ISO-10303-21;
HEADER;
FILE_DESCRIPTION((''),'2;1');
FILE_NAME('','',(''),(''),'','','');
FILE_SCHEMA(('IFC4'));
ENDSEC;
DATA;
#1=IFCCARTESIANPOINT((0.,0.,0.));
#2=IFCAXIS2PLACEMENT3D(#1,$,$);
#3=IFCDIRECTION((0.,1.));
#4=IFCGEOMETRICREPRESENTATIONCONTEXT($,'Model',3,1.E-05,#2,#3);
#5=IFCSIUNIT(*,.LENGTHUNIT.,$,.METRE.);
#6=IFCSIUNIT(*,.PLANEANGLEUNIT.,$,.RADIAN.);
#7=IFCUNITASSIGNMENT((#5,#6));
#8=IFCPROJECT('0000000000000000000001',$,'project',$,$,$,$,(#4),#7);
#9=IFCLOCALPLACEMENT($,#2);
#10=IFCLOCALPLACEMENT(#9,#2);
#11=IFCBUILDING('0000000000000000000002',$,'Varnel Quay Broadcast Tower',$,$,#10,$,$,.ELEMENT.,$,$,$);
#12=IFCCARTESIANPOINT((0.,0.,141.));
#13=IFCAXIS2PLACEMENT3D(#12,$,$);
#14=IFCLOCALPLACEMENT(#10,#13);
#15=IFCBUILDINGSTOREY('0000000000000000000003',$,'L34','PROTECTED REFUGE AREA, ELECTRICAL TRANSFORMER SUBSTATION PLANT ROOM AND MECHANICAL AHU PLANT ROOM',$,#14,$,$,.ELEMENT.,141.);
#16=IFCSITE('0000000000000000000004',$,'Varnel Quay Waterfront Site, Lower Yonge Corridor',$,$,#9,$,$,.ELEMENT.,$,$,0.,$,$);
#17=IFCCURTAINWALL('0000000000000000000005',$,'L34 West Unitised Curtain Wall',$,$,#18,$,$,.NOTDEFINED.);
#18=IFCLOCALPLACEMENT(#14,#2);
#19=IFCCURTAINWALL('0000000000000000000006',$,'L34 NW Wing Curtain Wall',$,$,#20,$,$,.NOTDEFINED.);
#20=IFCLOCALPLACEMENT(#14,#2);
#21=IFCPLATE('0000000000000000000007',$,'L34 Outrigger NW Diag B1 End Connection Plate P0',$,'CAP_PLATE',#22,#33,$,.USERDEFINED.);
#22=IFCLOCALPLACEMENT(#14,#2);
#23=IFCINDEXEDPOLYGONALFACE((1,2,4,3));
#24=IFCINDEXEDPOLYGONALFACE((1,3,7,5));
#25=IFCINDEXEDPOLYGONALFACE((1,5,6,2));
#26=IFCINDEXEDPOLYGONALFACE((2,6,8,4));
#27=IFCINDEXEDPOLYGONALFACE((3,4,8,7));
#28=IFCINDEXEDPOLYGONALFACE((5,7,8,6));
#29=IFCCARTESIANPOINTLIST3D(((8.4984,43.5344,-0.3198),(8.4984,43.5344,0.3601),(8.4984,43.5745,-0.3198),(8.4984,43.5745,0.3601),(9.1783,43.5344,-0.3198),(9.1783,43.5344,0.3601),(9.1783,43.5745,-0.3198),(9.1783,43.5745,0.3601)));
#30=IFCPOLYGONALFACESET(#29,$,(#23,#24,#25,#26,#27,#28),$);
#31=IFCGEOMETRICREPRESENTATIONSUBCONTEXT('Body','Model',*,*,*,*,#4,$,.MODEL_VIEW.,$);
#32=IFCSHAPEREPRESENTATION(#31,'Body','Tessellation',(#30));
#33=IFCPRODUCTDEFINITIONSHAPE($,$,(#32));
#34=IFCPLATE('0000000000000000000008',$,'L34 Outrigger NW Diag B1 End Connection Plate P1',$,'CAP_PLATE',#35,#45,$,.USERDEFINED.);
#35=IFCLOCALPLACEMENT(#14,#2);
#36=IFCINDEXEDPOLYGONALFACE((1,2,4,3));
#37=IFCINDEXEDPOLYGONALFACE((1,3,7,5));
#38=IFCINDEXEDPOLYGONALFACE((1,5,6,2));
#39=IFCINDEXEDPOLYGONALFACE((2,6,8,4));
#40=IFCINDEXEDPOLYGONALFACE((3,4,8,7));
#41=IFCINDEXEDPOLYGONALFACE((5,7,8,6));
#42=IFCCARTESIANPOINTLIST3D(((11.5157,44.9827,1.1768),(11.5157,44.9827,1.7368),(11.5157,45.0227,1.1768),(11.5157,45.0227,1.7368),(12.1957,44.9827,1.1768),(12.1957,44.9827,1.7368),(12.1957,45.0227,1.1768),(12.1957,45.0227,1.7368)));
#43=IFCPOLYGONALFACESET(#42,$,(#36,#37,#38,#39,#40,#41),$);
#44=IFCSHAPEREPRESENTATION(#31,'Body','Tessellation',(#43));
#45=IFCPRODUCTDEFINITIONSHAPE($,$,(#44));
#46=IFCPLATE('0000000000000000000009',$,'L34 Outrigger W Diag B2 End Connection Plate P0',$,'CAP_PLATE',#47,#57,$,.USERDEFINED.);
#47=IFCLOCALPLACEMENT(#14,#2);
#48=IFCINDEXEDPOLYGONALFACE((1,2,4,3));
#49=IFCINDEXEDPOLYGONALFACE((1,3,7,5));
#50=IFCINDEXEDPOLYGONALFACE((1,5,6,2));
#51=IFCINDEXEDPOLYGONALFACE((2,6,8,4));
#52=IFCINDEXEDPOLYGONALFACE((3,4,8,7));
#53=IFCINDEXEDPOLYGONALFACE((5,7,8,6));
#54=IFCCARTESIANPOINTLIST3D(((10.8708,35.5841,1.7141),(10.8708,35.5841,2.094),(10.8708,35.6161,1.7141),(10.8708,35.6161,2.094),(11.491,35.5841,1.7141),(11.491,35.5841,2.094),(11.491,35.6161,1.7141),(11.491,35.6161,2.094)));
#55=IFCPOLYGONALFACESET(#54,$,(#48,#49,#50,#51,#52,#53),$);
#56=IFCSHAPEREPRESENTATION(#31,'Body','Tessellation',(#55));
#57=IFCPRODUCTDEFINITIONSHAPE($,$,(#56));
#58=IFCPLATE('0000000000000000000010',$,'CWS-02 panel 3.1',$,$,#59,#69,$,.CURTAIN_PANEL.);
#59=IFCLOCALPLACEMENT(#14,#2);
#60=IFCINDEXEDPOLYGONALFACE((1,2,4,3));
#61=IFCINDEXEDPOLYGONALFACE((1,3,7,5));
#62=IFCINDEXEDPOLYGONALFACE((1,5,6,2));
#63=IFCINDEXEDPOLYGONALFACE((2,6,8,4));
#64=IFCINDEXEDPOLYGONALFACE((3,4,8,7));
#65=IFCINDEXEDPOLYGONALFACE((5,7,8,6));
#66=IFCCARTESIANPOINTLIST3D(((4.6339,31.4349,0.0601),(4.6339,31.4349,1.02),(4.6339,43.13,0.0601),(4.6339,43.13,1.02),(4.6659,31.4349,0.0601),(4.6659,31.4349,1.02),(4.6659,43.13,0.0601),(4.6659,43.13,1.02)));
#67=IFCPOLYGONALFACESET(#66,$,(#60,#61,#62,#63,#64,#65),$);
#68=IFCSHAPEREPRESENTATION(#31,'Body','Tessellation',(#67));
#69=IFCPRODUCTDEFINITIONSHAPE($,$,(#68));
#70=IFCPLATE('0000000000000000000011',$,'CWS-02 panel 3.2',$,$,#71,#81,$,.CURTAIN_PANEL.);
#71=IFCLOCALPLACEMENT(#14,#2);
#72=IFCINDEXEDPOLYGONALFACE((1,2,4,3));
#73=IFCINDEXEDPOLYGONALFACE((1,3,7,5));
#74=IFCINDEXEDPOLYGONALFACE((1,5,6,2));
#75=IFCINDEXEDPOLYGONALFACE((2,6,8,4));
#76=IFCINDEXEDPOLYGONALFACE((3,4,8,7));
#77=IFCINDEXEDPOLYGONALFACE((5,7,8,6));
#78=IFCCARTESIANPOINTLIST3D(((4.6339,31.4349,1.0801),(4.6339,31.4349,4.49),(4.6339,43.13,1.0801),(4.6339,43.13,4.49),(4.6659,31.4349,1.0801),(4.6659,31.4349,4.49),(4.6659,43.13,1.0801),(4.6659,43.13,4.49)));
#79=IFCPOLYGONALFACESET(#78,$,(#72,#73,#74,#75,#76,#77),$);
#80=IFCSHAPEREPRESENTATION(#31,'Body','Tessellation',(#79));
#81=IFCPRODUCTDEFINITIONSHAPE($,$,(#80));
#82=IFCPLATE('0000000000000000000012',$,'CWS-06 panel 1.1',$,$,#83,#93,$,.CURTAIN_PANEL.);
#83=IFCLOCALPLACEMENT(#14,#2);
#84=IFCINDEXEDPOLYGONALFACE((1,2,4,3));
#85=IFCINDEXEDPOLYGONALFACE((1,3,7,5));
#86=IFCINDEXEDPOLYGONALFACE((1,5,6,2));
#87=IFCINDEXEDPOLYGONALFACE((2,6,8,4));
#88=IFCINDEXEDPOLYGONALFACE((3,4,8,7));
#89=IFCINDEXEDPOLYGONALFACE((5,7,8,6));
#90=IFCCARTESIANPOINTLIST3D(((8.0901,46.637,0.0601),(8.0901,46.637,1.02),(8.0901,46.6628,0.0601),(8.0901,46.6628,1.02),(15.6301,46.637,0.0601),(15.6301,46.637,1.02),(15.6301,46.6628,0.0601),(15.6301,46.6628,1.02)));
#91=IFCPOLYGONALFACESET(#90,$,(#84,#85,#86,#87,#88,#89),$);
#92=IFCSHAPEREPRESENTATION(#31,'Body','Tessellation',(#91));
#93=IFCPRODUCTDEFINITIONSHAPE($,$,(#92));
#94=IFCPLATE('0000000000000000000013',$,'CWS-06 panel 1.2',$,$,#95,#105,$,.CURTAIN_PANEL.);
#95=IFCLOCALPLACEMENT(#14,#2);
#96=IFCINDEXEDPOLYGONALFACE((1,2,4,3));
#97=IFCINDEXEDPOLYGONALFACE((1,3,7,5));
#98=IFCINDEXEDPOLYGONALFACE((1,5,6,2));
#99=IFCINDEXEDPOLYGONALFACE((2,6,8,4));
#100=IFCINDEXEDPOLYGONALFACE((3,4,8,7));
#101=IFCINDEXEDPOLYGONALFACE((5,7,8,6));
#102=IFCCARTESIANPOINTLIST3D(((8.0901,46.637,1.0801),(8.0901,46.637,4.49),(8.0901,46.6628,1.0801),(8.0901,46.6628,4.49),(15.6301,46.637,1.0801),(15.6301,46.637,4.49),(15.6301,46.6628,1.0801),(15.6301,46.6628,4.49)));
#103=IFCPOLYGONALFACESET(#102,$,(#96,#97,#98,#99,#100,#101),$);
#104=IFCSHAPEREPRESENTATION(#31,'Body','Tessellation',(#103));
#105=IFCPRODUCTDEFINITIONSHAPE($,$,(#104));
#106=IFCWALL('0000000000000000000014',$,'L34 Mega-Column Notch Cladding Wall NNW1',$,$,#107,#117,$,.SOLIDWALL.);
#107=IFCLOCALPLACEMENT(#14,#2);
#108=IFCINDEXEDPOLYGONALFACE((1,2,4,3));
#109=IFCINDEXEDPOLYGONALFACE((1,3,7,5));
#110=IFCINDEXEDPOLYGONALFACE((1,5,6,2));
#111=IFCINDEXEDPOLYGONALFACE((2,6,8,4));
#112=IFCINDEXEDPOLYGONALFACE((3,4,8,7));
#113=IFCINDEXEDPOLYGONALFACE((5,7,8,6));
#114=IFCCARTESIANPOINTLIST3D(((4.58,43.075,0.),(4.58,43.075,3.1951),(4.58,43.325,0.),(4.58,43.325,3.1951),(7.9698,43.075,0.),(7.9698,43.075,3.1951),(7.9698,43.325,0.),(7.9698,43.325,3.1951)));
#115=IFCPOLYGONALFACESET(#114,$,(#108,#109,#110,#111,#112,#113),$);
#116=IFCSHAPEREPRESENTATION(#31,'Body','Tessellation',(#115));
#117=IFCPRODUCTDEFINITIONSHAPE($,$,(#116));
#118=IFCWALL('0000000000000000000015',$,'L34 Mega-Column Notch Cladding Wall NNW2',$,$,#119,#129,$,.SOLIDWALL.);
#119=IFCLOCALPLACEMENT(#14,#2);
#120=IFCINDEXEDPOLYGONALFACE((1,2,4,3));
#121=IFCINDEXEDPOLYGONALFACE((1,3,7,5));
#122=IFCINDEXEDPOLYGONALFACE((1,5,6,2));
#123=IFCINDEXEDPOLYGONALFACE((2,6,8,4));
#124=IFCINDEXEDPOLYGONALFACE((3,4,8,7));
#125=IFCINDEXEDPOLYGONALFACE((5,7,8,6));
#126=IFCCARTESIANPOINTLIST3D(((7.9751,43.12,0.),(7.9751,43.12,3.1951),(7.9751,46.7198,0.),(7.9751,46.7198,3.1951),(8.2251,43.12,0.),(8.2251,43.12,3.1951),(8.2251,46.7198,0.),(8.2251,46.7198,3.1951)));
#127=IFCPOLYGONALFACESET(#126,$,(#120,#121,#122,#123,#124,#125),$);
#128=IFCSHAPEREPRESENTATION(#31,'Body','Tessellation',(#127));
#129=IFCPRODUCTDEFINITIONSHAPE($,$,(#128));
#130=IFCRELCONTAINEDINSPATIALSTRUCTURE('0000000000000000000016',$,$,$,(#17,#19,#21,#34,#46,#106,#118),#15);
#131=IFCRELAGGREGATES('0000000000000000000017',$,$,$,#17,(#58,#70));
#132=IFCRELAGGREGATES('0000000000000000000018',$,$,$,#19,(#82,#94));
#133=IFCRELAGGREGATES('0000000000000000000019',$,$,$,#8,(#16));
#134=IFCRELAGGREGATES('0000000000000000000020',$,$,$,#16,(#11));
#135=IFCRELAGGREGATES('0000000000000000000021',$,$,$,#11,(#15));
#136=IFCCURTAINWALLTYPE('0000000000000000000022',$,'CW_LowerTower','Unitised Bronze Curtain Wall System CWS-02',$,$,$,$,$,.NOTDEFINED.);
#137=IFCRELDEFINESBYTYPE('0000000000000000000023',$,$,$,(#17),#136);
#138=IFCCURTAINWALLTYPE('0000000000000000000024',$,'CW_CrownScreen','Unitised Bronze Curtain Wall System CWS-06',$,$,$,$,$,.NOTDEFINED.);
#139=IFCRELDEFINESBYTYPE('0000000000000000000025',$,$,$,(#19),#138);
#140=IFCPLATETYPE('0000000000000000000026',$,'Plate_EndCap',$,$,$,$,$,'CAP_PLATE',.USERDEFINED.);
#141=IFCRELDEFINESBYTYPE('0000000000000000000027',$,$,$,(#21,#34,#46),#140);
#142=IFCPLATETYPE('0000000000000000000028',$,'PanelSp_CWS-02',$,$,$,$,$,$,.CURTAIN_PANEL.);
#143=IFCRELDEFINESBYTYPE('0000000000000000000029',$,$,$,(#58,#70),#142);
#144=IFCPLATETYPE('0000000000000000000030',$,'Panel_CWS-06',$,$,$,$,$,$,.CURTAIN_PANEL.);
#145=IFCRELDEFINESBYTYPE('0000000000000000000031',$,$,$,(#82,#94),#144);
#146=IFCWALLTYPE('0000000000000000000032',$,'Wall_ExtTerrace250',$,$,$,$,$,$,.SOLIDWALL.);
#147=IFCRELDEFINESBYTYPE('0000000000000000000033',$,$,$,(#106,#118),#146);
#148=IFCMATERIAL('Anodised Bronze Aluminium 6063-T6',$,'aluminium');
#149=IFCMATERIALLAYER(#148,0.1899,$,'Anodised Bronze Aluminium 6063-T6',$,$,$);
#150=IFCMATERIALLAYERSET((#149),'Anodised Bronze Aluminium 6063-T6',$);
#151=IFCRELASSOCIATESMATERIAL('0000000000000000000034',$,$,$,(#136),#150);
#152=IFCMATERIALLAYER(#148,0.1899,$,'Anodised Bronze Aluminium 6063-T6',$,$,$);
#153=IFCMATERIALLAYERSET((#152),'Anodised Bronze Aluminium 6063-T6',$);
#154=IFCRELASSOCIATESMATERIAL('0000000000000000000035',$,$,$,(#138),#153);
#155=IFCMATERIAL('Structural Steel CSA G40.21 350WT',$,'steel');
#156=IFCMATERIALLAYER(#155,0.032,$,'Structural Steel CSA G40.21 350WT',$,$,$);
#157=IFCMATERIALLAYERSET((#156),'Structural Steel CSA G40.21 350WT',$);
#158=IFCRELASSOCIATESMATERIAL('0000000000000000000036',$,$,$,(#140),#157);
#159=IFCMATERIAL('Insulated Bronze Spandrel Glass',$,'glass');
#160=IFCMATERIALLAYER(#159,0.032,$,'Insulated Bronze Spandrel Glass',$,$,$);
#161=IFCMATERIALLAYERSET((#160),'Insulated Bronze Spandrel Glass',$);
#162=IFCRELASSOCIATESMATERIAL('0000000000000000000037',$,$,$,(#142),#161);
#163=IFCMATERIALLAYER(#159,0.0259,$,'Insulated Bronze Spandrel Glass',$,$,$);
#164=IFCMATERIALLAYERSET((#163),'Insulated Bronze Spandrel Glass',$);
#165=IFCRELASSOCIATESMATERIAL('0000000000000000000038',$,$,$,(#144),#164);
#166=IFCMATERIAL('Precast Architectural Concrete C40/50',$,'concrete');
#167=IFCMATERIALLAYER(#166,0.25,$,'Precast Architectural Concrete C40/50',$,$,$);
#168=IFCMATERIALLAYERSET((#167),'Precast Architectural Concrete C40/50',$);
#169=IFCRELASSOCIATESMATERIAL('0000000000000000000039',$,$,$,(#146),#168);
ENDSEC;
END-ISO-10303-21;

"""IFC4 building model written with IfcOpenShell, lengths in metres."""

from ifc_helpers import new_model, si_unit, direction, frame, frame_2d, origin, origin_2d, place, context, subcontext, project, spatial, rectangle, extrude, source, transform, mapped, material, layer, layer_set, type_object, type_shapes, element, aggregate, save


model = new_model("IFC4")

# Units and contexts
model_context = context("Model", 3, precision=1e-05, world=origin(), true_north=direction((0.0, 1.0)))
body_context = subcontext(model_context, "Body", "Model", "MODEL_VIEW")
ifc_project = project(units=[si_unit("LENGTHUNIT", "METRE"), si_unit("PLANEANGLEUNIT", "RADIAN")], contexts=[model_context])

# Site, building, storey
site_placement = place(None, origin())
site = spatial("IfcSite", under=ifc_project, at=site_placement, Name="Varnel Quay Waterfront Site, Lower Yonge Corridor", CompositionType="ELEMENT", RefElevation=0.0)
building_placement = place(site_placement, origin())
building = spatial("IfcBuilding", under=site, at=building_placement, Name="Varnel Quay Broadcast Tower", CompositionType="ELEMENT")
storey_placement = place(building_placement, frame((0.0, 0.0, 141.0)))
storey = spatial("IfcBuildingStorey", under=building, at=storey_placement, Name="L34", Description="PROTECTED REFUGE AREA, ELECTRICAL TRANSFORMER SUBSTATION PLANT ROOM AND MECHANICAL AHU PLANT ROOM", CompositionType="ELEMENT", Elevation=141.0)

# Shared definitions
ifc_material_1 = material(Name="Structural Steel CSA G40.21 350WT", Category="steel")

# Curtain wall
ifc_material_2 = material(Name="Anodised Bronze Aluminium 6063-T6", Category="aluminium")
ifc_layer_1 = layer(ifc_material_2, 0.1899, Name="Anodised Bronze Aluminium 6063-T6")
ifc_layer_set_1 = layer_set([ifc_layer_1], Name="Anodised Bronze Aluminium 6063-T6")
curtain_wall_type_1 = type_object("IfcCurtainWallType", Name="CW_LowerTower", Description="Unitised Bronze Curtain Wall System CWS-02", PredefinedType="NOTDEFINED", material=ifc_layer_set_1)
curtain_wall_1_placement = place(storey_placement, origin())
curtain_wall_1 = element("IfcCurtainWall", 1, at=curtain_wall_1_placement, inside=storey, type_object=curtain_wall_type_1, Name="L34 West Unitised Curtain Wall", PredefinedType="NOTDEFINED")

# Curtain wall
ifc_layer_2 = layer(ifc_material_2, 0.1899, Name="Anodised Bronze Aluminium 6063-T6")
ifc_layer_set_2 = layer_set([ifc_layer_2], Name="Anodised Bronze Aluminium 6063-T6")
curtain_wall_type_2 = type_object("IfcCurtainWallType", Name="CW_CrownScreen", Description="Unitised Bronze Curtain Wall System CWS-06", PredefinedType="NOTDEFINED", material=ifc_layer_set_2)
curtain_wall_2_placement = place(storey_placement, origin())
curtain_wall_2 = element("IfcCurtainWall", 2, at=curtain_wall_2_placement, inside=storey, type_object=curtain_wall_type_2, Name="L34 NW Wing Curtain Wall", PredefinedType="NOTDEFINED")

# Plates
ifc_layer_3 = layer(ifc_material_1, 0.032, Name="Structural Steel CSA G40.21 350WT")
ifc_layer_set_3 = layer_set([ifc_layer_3], Name="Structural Steel CSA G40.21 350WT")
plate_type_1 = type_object("IfcPlateType", Name="Plate_EndCap", ElementType="CAP_PLATE", PredefinedType="USERDEFINED", material=ifc_layer_set_3)
shared_shape_1 = source(origin(), body_context, "Body", "SweptSolid", [
    extrude(rectangle(XDim=0.6799, YDim=0.04, at=origin_2d()), origin(), (0.0, 0.0, 1.0), 0.6799),
])
for number, where, z_axis, x_axis, name in (
    (3, (8.8384, 43.5544, -0.3198), (0.0, 0.0, 1.0), (1.0, 0.0, 0.0), "L34 Outrigger NW Diag B1 End Connection Plate P0"),
):
    element("IfcPlate", number, at=place(storey_placement, frame(where, z_axis=z_axis, x_axis=x_axis)), inside=storey, type_object=plate_type_1, Name=name, ObjectType="CAP_PLATE", PredefinedType="USERDEFINED", context=body_context, shape_type="MappedRepresentation", body=[
        mapped(shared_shape_1, transform((0.0, 0.0, 0.0), x_axis=(1.0, 0.0, 0.0), y_axis=(0.0, 1.0, 0.0), z_axis=(0.0, 0.0, 1.0), scale=1.0)),
    ])
shared_shape_2 = source(origin(), body_context, "Body", "SweptSolid", [
    extrude(rectangle(XDim=0.6799, YDim=0.04, at=origin_2d()), origin(), (0.0, 0.0, 1.0), 0.5601),
])
plate_1_placement = place(storey_placement, frame((11.8557, 45.0027, 1.1768), z_axis=(0.0, 0.0, 1.0), x_axis=(1.0, 0.0, 0.0)))
element("IfcPlate", 4, at=plate_1_placement, inside=storey, type_object=plate_type_1, Name="L34 Outrigger NW Diag B1 End Connection Plate P1", ObjectType="CAP_PLATE", PredefinedType="USERDEFINED", context=body_context, shape_type="MappedRepresentation", body=[
    mapped(shared_shape_2, transform((0.0, 0.0, 0.0), x_axis=(1.0, 0.0, 0.0), y_axis=(0.0, 1.0, 0.0), z_axis=(0.0, 0.0, 1.0), scale=1.0)),
])
shared_shape_3 = source(origin(), body_context, "Body", "SweptSolid", [
    extrude(rectangle(XDim=0.6201, YDim=0.032, at=origin_2d()), origin(), (0.0, 0.0, 1.0), 0.3799),
])
type_shapes(plate_type_1, [shared_shape_1, shared_shape_2, shared_shape_3])
plate_2_placement = place(storey_placement, frame((11.1809, 35.6001, 1.7141), z_axis=(0.0, 0.0, 1.0), x_axis=(1.0, 0.0, 0.0)))
element("IfcPlate", 5, at=plate_2_placement, inside=storey, type_object=plate_type_1, Name="L34 Outrigger W Diag B2 End Connection Plate P0", ObjectType="CAP_PLATE", PredefinedType="USERDEFINED", context=body_context, shape_type="MappedRepresentation", body=[
    mapped(shared_shape_3, transform((0.0, 0.0, 0.0), x_axis=(1.0, 0.0, 0.0), y_axis=(0.0, 1.0, 0.0), z_axis=(0.0, 0.0, 1.0), scale=1.0)),
])

# Plates
ifc_material_3 = material(Name="Insulated Bronze Spandrel Glass", Category="glass")
ifc_layer_4 = layer(ifc_material_3, 0.032, Name="Insulated Bronze Spandrel Glass")
ifc_layer_set_4 = layer_set([ifc_layer_4], Name="Insulated Bronze Spandrel Glass")
plate_type_2 = type_object("IfcPlateType", Name="PanelSp_CWS-02", PredefinedType="CURTAIN_PANEL", material=ifc_layer_set_4)
shared_shape_4 = source(origin(), body_context, "Body", "SweptSolid", [
    extrude(rectangle(XDim=11.6951, YDim=0.032, at=origin_2d()), origin(), (0.0, 0.0, 1.0), 0.96),
])
plate_3_placement = place(storey_placement, frame((4.6499, 37.2825, 0.0601), z_axis=(0.0, 0.0, 1.0), x_axis=(0.0, 1.0, 0.0)))
plate_3 = element("IfcPlate", 6, at=plate_3_placement, type_object=plate_type_2, Name="CWS-02 panel 3.1", PredefinedType="CURTAIN_PANEL", context=body_context, shape_type="MappedRepresentation", body=[
    mapped(shared_shape_4, transform((0.0, 0.0, 0.0), x_axis=(1.0, 0.0, 0.0), y_axis=(0.0, 1.0, 0.0), z_axis=(0.0, 0.0, 1.0), scale=1.0)),
])
shared_shape_5 = source(origin(), body_context, "Body", "SweptSolid", [
    extrude(rectangle(XDim=11.6951, YDim=0.032, at=origin_2d()), origin(), (0.0, 0.0, 1.0), 3.4099),
])
type_shapes(plate_type_2, [shared_shape_4, shared_shape_5])
plate_4_placement = place(storey_placement, frame((4.6499, 37.2825, 1.0801), z_axis=(0.0, 0.0, 1.0), x_axis=(0.0, 1.0, 0.0)))
plate_4 = element("IfcPlate", 7, at=plate_4_placement, type_object=plate_type_2, Name="CWS-02 panel 3.2", PredefinedType="CURTAIN_PANEL", context=body_context, shape_type="MappedRepresentation", body=[
    mapped(shared_shape_5, transform((0.0, 0.0, 0.0), x_axis=(1.0, 0.0, 0.0), y_axis=(0.0, 1.0, 0.0), z_axis=(0.0, 0.0, 1.0), scale=1.0)),
])
aggregate(curtain_wall_1, [plate_3, plate_4])
ifc_layer_5 = layer(ifc_material_3, 0.0259, Name="Insulated Bronze Spandrel Glass")
ifc_layer_set_5 = layer_set([ifc_layer_5], Name="Insulated Bronze Spandrel Glass")
plate_type_3 = type_object("IfcPlateType", Name="Panel_CWS-06", PredefinedType="CURTAIN_PANEL", material=ifc_layer_set_5)
shared_shape_6 = source(origin(), body_context, "Body", "SweptSolid", [
    extrude(rectangle(XDim=7.54, YDim=0.0259, at=origin_2d()), origin(), (0.0, 0.0, 1.0), 0.96),
])
plate_5_placement = place(storey_placement, frame((11.8601, 46.6499, 0.0601), z_axis=(0.0, 0.0, 1.0), x_axis=(1.0, 0.0, 0.0)))
plate_5 = element("IfcPlate", 8, at=plate_5_placement, type_object=plate_type_3, Name="CWS-06 panel 1.1", PredefinedType="CURTAIN_PANEL", context=body_context, shape_type="MappedRepresentation", body=[
    mapped(shared_shape_6, transform((0.0, 0.0, 0.0), x_axis=(1.0, 0.0, 0.0), y_axis=(0.0, 1.0, 0.0), z_axis=(0.0, 0.0, 1.0), scale=1.0)),
])
shared_shape_7 = source(origin(), body_context, "Body", "SweptSolid", [
    extrude(rectangle(XDim=7.54, YDim=0.0259, at=origin_2d()), origin(), (0.0, 0.0, 1.0), 3.4099),
])
type_shapes(plate_type_3, [shared_shape_6, shared_shape_7])
plate_6_placement = place(storey_placement, frame((11.8601, 46.6499, 1.0801), z_axis=(0.0, 0.0, 1.0), x_axis=(1.0, 0.0, 0.0)))
plate_6 = element("IfcPlate", 9, at=plate_6_placement, type_object=plate_type_3, Name="CWS-06 panel 1.2", PredefinedType="CURTAIN_PANEL", context=body_context, shape_type="MappedRepresentation", body=[
    mapped(shared_shape_7, transform((0.0, 0.0, 0.0), x_axis=(1.0, 0.0, 0.0), y_axis=(0.0, 1.0, 0.0), z_axis=(0.0, 0.0, 1.0), scale=1.0)),
])
aggregate(curtain_wall_2, [plate_5, plate_6])

# Walls
ifc_material_4 = material(Name="Precast Architectural Concrete C40/50", Category="concrete")
ifc_layer_6 = layer(ifc_material_4, 0.25, Name="Precast Architectural Concrete C40/50")
ifc_layer_set_6 = layer_set([ifc_layer_6], Name="Precast Architectural Concrete C40/50")
wall_type = type_object("IfcWallType", Name="Wall_ExtTerrace250", PredefinedType="SOLIDWALL", material=ifc_layer_set_6)
wall_1_placement = place(storey_placement, frame((4.5801, 43.2, 0.0), z_axis=(0.0, 0.0, 1.0), x_axis=(1.0, 0.0, 0.0)))
element("IfcWall", 10, at=wall_1_placement, inside=storey, type_object=wall_type, Name="L34 Mega-Column Notch Cladding Wall NNW1", PredefinedType="SOLIDWALL", context=body_context, shape_type="SweptSolid", body=[
    extrude(rectangle(XDim=3.3899, YDim=0.25, at=frame_2d((1.6948, 0.0))), origin(), (0.0, 0.0, 1.0), 3.1951),
])
wall_2_placement = place(storey_placement, frame((8.1001, 43.1201, 0.0), z_axis=(0.0, 0.0, 1.0), x_axis=(0.0, 1.0, 0.0)))
element("IfcWall", 11, at=wall_2_placement, inside=storey, type_object=wall_type, Name="L34 Mega-Column Notch Cladding Wall NNW2", PredefinedType="SOLIDWALL", context=body_context, shape_type="SweptSolid", body=[
    extrude(rectangle(XDim=3.5999, YDim=0.25, at=frame_2d((1.7998, 0.0))), origin(), (0.0, 0.0, 1.0), 3.1951),
])

save(model, "model.ifc")
